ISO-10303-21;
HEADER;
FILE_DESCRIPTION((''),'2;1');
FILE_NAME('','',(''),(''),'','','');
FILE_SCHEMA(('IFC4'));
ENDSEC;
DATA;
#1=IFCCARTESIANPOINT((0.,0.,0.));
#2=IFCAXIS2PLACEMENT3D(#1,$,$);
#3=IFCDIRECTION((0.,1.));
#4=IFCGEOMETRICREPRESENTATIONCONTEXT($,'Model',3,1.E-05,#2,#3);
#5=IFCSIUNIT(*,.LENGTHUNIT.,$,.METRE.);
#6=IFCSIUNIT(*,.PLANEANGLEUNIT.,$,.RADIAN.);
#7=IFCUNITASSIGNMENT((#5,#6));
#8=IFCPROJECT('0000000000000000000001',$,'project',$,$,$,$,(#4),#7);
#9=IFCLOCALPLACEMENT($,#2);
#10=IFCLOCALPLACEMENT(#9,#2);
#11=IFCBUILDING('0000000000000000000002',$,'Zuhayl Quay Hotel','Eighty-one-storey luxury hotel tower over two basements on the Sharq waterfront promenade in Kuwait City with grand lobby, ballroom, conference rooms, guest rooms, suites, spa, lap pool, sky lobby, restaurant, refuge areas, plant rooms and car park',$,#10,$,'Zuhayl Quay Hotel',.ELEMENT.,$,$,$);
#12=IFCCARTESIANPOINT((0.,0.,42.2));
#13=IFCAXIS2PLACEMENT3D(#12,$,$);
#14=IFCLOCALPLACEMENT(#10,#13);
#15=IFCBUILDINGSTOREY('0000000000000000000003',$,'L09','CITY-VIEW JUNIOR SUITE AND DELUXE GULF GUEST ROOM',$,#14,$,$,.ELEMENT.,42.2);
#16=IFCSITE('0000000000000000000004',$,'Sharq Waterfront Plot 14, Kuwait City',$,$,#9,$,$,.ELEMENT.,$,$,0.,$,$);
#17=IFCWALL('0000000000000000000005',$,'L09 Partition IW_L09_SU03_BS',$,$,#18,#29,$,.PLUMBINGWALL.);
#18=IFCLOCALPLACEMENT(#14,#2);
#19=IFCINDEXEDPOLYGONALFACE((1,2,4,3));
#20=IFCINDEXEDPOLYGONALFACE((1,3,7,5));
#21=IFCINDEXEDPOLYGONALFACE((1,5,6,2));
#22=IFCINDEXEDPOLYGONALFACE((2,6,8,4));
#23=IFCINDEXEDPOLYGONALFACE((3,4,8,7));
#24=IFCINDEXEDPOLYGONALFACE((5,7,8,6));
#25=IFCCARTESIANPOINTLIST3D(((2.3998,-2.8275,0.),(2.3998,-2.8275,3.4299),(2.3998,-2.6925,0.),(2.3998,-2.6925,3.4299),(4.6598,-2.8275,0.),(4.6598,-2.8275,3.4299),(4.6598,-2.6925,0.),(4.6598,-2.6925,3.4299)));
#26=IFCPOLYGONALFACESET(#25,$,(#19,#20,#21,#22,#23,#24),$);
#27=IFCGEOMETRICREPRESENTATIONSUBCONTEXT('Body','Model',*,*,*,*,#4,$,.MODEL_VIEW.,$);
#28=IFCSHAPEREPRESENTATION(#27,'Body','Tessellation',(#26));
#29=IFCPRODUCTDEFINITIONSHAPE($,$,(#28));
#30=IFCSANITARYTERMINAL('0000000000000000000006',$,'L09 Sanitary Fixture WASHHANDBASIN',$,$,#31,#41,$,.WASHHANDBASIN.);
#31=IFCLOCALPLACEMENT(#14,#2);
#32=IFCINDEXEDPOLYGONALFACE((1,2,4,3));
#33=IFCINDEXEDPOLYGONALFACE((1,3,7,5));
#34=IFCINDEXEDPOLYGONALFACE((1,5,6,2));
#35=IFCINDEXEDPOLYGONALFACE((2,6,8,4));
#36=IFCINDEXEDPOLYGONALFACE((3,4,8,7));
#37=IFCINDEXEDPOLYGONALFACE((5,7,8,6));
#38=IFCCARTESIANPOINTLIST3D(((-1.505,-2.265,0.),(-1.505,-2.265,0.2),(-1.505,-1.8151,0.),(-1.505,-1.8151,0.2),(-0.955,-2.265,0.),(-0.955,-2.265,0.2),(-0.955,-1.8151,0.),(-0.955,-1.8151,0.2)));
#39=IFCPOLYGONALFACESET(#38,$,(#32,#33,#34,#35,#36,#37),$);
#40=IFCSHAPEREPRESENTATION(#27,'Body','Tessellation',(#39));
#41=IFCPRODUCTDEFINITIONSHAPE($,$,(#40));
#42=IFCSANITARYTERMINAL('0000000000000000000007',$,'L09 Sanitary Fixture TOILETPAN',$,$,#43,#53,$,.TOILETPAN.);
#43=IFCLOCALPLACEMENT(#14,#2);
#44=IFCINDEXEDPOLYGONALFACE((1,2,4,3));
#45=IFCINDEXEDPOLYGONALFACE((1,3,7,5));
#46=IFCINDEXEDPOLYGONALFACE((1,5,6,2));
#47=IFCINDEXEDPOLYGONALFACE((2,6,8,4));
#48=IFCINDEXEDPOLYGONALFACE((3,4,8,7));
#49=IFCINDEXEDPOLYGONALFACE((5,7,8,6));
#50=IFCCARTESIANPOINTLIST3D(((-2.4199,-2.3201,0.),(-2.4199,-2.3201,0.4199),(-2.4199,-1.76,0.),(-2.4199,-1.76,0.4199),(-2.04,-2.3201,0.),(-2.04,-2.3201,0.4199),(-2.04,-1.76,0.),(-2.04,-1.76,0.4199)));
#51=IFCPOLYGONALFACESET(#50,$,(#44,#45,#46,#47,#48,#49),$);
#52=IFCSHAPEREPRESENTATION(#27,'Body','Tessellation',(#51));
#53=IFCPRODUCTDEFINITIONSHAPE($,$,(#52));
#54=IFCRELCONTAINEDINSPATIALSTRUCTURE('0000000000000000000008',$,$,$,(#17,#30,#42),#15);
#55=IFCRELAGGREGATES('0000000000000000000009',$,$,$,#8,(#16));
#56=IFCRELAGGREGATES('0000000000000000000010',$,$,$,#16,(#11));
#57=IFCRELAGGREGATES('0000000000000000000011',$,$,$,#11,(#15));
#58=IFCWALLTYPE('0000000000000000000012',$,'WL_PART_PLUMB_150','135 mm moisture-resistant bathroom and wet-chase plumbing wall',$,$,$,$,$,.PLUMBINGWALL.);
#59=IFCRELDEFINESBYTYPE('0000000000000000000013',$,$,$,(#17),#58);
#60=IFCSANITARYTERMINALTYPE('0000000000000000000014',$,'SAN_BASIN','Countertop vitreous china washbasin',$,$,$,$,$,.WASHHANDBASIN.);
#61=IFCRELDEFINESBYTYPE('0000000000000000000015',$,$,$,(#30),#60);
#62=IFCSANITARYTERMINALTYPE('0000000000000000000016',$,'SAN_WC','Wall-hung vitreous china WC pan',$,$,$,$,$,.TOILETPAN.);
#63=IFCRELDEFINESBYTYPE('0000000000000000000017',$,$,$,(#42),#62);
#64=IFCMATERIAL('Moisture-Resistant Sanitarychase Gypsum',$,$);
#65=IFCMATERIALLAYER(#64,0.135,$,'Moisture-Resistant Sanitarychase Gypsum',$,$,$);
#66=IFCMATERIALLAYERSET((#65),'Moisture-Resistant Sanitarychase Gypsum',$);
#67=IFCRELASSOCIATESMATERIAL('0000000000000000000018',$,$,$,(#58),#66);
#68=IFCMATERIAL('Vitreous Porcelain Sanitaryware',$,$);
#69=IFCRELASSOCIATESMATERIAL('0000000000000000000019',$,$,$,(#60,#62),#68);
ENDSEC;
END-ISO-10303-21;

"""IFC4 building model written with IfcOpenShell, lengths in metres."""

from ifc_helpers import new_model, si_unit, direction, frame, frame_2d, origin, origin_2d, place, context, subcontext, project, spatial, rectangle, extrude, material, layer, layer_set, type_object, element, save


model = new_model("IFC4")

# Units and contexts
model_context = context("Model", 3, precision=1e-05, world=origin(), true_north=direction((0.0, 1.0)))
body_context = subcontext(model_context, "Body", "Model", "MODEL_VIEW")
ifc_project = project(units=[si_unit("LENGTHUNIT", "METRE"), si_unit("PLANEANGLEUNIT", "RADIAN")], contexts=[model_context])

# Site, building, storey
site_placement = place(None, origin())
site = spatial("IfcSite", under=ifc_project, at=site_placement, Name="Sharq Waterfront Plot 14, Kuwait City", CompositionType="ELEMENT", RefElevation=0.0)
building_placement = place(site_placement, origin())
building = spatial("IfcBuilding", under=site, at=building_placement, Name="Zuhayl Quay Hotel", Description="Eighty-one-storey luxury hotel tower over two basements on the Sharq waterfront promenade in Kuwait City with grand lobby, ballroom, conference rooms, guest rooms, suites, spa, lap pool, sky lobby, restaurant, refuge areas, plant rooms and car park", LongName="Zuhayl Quay Hotel", CompositionType="ELEMENT")
storey_placement = place(building_placement, frame((0.0, 0.0, 42.2)))
storey = spatial("IfcBuildingStorey", under=building, at=storey_placement, Name="L09", Description="CITY-VIEW JUNIOR SUITE AND DELUXE GULF GUEST ROOM", CompositionType="ELEMENT", Elevation=42.2)

# Shared definitions
ifc_material_1 = material(Name="Moisture-Resistant Sanitarychase Gypsum")
ifc_layer_1 = layer(ifc_material_1, 0.135, Name="Moisture-Resistant Sanitarychase Gypsum")
ifc_layer_set_1 = layer_set([ifc_layer_1], Name="Moisture-Resistant Sanitarychase Gypsum")
wall_type_1 = type_object("IfcWallType", Name="WL_PART_PLUMB_150", Description="135 mm moisture-resistant bathroom and wet-chase plumbing wall", PredefinedType="PLUMBINGWALL", material=ifc_layer_set_1)

# Wall
for number, where, z_axis, x_axis, name in (
    (1, (2.3999, -2.76, 0.0), (0.0, 0.0, 1.0), (1.0, 0.0, 0.0), "L09 Partition IW_L09_SU03_BS"),
):
    element("IfcWall", number, at=place(storey_placement, frame(where, z_axis=z_axis, x_axis=x_axis)), inside=storey, type_object=wall_type_1, Name=name, PredefinedType="PLUMBINGWALL", context=body_context, shape_type="SweptSolid", body=[
        extrude(rectangle(XDim=2.26, YDim=0.135, at=frame_2d((1.1299, 0.0))), origin(), (0.0, 0.0, 1.0), 3.4299),
    ])

# Sanitary terminals
ifc_material_2 = material(Name="Vitreous Porcelain Sanitaryware")
sanitary_terminal_type_1 = type_object("IfcSanitaryTerminalType", Name="SAN_BASIN", Description="Countertop vitreous china washbasin", PredefinedType="WASHHANDBASIN", material=ifc_material_2)
sanitary_terminal_1_placement = place(storey_placement, frame((-1.23, -2.04, 0.0), z_axis=(0.0, 0.0, 1.0), x_axis=(1.0, 0.0, 0.0)))
element("IfcSanitaryTerminal", 2, at=sanitary_terminal_1_placement, inside=storey, type_object=sanitary_terminal_type_1, Name="L09 Sanitary Fixture WASHHANDBASIN", PredefinedType="WASHHANDBASIN", context=body_context, shape_type="SweptSolid", body=[
    extrude(rectangle(XDim=0.55, YDim=0.45, at=origin_2d()), origin(), (0.0, 0.0, 1.0), 0.2),
])
sanitary_terminal_type_2 = type_object("IfcSanitaryTerminalType", Name="SAN_WC", Description="Wall-hung vitreous china WC pan", PredefinedType="TOILETPAN", material=ifc_material_2)
sanitary_terminal_2_placement = place(storey_placement, frame((-2.23, -2.04, 0.0), z_axis=(0.0, 0.0, 1.0), x_axis=(1.0, 0.0, 0.0)))
element("IfcSanitaryTerminal", 3, at=sanitary_terminal_2_placement, inside=storey, type_object=sanitary_terminal_type_2, Name="L09 Sanitary Fixture TOILETPAN", PredefinedType="TOILETPAN", context=body_context, shape_type="SweptSolid", body=[
    extrude(rectangle(XDim=0.3799, YDim=0.5601, at=origin_2d()), origin(), (0.0, 0.0, 1.0), 0.4199),
])

save(model, "model.ifc")
